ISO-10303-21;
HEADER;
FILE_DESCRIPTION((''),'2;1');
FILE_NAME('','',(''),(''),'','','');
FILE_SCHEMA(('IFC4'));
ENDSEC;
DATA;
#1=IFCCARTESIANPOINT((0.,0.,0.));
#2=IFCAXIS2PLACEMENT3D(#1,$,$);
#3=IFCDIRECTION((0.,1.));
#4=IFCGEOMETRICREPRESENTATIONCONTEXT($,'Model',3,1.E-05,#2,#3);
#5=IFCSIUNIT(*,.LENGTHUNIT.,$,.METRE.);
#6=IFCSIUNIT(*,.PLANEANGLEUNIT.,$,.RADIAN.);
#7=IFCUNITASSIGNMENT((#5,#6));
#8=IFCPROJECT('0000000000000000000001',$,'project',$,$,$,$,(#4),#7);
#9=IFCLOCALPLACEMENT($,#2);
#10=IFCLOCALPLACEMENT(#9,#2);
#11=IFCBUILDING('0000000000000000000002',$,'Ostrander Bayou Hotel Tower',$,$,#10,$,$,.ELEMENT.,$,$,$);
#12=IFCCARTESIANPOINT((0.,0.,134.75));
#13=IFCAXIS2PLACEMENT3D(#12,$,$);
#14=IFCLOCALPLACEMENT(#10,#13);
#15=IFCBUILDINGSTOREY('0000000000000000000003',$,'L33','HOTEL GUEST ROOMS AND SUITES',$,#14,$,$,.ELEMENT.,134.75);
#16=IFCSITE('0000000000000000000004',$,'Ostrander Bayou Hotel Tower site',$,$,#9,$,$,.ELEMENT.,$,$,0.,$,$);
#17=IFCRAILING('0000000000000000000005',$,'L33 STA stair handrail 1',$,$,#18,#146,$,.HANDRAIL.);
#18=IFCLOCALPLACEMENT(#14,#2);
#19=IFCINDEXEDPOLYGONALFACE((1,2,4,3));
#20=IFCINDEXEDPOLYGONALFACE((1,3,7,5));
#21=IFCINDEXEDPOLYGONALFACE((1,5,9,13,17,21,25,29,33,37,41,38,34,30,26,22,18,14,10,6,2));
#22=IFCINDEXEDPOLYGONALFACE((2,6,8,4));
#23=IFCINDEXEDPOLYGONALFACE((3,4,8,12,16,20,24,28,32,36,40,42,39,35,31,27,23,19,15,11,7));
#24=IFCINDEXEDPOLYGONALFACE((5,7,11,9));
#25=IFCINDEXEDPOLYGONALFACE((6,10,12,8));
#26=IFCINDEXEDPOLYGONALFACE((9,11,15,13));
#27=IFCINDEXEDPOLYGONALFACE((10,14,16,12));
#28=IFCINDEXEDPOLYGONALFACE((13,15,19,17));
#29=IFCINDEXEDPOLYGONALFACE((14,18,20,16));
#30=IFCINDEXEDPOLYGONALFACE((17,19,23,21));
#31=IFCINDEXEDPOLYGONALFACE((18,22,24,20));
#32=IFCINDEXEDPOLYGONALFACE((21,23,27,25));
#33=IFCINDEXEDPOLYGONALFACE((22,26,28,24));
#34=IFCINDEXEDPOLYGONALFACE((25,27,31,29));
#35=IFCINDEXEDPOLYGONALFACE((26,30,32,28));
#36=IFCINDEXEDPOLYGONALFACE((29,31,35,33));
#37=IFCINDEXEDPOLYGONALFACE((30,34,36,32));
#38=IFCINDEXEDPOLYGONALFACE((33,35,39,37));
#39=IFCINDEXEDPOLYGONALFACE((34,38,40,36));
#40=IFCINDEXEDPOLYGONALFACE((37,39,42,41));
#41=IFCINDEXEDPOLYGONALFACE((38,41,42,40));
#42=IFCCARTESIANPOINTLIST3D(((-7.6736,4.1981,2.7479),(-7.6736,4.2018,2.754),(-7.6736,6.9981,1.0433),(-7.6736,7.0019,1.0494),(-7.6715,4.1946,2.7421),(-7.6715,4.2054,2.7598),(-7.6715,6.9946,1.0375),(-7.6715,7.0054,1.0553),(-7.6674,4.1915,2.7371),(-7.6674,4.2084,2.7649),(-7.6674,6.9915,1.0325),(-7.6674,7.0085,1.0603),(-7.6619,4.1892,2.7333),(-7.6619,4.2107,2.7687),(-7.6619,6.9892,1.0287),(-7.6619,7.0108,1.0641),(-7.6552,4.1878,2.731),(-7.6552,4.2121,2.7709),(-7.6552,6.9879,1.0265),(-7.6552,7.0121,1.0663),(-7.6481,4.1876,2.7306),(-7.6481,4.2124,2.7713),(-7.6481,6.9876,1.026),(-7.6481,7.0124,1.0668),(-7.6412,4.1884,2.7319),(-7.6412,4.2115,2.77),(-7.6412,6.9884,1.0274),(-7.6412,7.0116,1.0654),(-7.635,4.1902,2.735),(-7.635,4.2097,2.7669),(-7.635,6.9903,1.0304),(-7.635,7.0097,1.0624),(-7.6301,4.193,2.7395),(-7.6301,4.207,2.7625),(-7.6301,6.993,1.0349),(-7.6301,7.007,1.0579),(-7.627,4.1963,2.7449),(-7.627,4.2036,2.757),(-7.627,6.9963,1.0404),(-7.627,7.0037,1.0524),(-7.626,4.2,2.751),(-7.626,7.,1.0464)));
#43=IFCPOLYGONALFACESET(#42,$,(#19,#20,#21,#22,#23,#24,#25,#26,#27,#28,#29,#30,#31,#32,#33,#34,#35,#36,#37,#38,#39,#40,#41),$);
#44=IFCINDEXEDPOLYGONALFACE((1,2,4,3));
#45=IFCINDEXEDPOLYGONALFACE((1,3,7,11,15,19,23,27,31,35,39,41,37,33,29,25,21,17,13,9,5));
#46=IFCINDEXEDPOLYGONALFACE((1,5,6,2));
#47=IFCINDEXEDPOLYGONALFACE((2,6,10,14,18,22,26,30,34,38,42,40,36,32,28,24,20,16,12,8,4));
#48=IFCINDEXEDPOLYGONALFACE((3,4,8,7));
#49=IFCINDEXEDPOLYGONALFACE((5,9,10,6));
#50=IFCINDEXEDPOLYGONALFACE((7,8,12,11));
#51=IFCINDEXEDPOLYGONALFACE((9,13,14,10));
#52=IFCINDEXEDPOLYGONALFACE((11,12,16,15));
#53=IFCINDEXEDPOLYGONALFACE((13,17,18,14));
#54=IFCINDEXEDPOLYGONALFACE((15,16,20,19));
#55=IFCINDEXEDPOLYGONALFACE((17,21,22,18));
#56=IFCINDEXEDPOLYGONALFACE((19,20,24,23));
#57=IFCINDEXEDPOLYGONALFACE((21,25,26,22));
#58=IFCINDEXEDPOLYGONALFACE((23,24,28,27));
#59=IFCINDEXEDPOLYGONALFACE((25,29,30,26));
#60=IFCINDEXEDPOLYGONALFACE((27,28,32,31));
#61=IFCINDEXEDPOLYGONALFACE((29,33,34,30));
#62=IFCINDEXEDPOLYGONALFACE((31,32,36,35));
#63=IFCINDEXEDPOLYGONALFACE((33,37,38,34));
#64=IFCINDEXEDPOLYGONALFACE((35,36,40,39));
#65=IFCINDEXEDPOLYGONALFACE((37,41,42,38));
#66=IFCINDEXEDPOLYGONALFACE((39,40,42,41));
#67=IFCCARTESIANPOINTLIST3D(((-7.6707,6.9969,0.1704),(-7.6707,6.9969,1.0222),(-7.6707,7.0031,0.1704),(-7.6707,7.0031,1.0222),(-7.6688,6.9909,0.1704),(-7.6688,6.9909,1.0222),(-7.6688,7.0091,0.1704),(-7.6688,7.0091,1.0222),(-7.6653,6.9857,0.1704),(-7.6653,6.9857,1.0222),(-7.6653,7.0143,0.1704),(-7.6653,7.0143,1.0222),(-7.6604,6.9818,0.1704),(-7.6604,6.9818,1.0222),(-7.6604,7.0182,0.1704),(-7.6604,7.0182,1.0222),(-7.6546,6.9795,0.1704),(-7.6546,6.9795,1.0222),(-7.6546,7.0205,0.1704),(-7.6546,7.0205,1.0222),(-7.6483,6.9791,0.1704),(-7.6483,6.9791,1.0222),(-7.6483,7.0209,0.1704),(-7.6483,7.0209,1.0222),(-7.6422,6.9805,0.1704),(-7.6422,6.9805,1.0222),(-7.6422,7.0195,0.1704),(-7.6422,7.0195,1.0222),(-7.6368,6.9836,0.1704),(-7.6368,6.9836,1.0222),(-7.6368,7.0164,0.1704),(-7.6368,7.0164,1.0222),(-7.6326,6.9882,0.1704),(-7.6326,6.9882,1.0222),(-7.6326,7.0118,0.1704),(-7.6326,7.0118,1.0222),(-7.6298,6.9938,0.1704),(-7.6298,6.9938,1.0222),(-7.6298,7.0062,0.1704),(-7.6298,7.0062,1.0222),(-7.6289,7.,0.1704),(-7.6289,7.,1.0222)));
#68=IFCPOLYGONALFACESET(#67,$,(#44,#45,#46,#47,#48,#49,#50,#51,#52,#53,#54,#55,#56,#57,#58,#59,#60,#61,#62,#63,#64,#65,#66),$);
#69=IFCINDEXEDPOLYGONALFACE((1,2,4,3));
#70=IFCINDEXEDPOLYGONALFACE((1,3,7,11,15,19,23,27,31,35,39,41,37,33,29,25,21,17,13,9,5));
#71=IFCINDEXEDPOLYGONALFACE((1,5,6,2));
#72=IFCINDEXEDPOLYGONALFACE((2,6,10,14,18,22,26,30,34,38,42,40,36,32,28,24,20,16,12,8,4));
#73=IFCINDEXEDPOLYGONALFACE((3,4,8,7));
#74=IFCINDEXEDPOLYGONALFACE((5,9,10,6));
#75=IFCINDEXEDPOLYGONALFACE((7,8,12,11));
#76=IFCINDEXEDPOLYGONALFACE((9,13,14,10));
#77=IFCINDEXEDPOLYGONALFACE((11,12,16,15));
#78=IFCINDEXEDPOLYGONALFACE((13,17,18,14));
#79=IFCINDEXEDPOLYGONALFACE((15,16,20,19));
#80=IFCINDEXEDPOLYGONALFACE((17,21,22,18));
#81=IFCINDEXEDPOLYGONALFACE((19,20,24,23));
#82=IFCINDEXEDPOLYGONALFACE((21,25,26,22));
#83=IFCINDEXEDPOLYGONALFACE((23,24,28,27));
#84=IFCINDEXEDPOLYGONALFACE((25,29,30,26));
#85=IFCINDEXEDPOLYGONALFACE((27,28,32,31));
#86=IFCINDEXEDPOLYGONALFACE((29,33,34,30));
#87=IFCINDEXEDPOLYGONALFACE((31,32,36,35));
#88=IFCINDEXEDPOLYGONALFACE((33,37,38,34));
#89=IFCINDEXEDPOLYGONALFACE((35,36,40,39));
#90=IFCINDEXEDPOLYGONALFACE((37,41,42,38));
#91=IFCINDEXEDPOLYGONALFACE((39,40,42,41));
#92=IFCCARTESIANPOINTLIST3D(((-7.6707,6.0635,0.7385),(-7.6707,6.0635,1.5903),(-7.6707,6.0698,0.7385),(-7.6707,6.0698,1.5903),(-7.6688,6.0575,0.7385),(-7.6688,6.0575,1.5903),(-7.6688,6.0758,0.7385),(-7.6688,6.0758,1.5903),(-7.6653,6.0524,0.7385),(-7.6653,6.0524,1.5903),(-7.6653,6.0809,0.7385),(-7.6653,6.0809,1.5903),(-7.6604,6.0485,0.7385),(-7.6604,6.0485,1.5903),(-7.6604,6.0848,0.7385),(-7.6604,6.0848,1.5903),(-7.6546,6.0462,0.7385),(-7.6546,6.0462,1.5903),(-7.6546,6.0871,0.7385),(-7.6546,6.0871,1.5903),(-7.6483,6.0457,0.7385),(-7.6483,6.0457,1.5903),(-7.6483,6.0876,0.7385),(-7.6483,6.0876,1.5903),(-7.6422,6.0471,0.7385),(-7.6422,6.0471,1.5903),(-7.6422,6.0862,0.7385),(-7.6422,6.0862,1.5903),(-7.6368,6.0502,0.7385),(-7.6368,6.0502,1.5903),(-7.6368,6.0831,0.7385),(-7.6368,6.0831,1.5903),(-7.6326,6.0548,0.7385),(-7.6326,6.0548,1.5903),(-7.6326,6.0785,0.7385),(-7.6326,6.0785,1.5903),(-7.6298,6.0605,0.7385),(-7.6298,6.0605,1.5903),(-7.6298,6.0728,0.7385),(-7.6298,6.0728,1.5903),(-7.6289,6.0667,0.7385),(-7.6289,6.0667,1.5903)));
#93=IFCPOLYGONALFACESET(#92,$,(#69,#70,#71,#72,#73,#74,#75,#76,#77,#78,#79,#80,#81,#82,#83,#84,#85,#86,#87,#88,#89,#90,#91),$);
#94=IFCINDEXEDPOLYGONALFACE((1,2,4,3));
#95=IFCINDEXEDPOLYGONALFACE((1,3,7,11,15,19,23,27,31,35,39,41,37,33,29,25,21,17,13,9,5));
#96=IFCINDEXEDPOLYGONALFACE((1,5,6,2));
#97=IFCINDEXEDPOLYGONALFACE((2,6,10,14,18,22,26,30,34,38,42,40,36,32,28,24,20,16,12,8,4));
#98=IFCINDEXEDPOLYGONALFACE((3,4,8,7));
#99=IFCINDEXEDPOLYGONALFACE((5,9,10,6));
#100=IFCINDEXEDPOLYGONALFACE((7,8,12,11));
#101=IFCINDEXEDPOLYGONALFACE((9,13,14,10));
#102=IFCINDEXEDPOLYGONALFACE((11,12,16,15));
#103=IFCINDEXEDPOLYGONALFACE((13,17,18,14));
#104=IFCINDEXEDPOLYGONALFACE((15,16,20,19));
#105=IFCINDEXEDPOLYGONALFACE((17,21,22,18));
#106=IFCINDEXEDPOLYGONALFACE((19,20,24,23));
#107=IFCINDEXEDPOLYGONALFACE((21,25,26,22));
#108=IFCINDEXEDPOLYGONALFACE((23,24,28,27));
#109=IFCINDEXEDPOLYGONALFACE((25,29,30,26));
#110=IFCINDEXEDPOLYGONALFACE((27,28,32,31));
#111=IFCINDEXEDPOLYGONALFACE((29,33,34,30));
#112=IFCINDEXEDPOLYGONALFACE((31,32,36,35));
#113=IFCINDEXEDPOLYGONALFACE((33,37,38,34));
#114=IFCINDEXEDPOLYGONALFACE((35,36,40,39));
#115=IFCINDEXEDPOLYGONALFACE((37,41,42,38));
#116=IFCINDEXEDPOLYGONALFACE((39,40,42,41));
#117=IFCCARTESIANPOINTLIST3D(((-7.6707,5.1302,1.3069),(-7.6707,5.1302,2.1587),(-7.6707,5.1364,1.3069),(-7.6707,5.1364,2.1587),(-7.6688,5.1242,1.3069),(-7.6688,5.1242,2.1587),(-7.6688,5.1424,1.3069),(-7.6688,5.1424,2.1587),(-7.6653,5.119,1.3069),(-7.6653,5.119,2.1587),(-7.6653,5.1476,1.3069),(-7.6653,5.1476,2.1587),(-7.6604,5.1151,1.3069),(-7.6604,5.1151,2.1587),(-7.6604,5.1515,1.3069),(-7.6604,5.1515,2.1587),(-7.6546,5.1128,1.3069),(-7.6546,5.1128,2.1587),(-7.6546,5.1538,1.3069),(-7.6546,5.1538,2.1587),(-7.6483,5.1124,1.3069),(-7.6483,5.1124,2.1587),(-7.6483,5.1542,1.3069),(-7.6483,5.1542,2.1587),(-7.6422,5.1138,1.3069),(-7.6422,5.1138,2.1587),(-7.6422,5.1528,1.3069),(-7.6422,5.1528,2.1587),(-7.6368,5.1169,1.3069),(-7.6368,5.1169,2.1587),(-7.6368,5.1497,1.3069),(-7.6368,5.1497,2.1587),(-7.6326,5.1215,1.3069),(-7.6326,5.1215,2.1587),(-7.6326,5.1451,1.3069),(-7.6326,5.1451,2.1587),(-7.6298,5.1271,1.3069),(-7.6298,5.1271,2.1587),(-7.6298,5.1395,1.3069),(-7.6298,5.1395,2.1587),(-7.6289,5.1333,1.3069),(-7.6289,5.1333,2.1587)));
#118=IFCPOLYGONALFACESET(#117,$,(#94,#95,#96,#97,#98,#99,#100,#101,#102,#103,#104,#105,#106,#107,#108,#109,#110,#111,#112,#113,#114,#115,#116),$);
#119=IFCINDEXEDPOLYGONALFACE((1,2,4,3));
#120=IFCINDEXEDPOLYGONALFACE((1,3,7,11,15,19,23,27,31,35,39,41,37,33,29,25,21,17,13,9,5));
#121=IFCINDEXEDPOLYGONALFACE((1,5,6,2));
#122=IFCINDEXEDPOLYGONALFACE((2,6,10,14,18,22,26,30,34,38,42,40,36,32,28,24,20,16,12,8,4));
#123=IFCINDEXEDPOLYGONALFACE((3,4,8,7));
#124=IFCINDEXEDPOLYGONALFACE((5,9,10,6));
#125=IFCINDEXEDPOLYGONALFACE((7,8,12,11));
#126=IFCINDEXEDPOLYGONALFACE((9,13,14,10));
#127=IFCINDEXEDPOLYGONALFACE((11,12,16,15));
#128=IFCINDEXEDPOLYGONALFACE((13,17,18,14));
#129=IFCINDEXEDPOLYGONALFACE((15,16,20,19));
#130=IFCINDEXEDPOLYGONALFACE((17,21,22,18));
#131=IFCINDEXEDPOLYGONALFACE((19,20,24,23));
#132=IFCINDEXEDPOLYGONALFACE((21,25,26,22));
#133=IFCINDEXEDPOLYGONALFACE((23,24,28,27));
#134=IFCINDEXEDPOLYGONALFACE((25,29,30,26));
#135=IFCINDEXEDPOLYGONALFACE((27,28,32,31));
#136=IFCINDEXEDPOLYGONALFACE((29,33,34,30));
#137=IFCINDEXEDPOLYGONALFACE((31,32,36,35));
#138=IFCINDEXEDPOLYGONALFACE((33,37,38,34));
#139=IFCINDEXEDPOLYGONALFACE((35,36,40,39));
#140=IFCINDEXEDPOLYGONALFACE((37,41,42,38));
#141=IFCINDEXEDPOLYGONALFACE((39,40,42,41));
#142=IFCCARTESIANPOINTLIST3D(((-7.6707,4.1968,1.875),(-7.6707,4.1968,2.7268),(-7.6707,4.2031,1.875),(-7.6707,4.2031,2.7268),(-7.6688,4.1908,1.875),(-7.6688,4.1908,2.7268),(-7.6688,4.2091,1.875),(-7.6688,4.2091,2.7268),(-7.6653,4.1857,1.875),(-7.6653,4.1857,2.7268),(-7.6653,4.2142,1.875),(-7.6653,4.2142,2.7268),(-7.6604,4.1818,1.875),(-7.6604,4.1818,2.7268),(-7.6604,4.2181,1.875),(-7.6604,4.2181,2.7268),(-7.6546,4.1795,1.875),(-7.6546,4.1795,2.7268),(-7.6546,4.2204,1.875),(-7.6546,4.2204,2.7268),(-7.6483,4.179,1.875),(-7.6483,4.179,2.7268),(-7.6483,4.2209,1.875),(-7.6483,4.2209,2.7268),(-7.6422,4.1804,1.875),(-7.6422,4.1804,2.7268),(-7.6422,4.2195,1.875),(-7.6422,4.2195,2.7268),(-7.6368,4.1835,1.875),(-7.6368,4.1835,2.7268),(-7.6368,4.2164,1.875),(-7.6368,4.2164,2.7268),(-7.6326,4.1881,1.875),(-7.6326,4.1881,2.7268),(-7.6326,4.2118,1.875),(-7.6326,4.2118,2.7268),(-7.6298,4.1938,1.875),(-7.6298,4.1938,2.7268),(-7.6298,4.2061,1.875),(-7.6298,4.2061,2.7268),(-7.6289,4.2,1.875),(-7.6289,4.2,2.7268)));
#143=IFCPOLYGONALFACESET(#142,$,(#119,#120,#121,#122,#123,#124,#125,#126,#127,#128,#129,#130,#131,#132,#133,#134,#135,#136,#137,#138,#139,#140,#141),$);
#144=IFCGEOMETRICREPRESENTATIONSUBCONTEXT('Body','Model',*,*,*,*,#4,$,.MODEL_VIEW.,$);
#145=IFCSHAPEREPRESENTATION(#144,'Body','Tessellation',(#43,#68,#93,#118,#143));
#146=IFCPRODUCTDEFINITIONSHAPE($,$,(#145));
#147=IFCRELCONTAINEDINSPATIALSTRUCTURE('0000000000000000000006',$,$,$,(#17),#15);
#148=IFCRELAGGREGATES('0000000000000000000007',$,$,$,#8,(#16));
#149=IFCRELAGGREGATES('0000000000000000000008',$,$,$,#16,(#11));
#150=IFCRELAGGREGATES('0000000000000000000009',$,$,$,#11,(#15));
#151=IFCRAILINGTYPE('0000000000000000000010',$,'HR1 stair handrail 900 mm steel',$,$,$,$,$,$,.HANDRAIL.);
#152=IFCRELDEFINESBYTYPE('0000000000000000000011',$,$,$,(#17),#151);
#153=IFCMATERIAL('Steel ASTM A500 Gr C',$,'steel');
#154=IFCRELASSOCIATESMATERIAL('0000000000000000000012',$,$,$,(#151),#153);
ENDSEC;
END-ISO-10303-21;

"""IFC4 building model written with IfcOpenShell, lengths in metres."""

from ifc_helpers import new_model, si_unit, direction, frame, origin, origin_2d, place, context, subcontext, project, spatial, circle, extrude, material, type_object, element, save


model = new_model("IFC4")

# Units and contexts
model_context = context("Model", 3, precision=1e-05, world=origin(), true_north=direction((0.0, 1.0)))
body_context = subcontext(model_context, "Body", "Model", "MODEL_VIEW")
ifc_project = project(units=[si_unit("LENGTHUNIT", "METRE"), si_unit("PLANEANGLEUNIT", "RADIAN")], contexts=[model_context])

# Site, building, storey
site_placement = place(None, origin())
site = spatial("IfcSite", under=ifc_project, at=site_placement, Name="Ostrander Bayou Hotel Tower site", CompositionType="ELEMENT", RefElevation=0.0)
building_placement = place(site_placement, origin())
building = spatial("IfcBuilding", under=site, at=building_placement, Name="Ostrander Bayou Hotel Tower", CompositionType="ELEMENT")
storey_placement = place(building_placement, frame((0.0, 0.0, 134.75)))
storey = spatial("IfcBuildingStorey", under=building, at=storey_placement, Name="L33", Description="HOTEL GUEST ROOMS AND SUITES", CompositionType="ELEMENT", Elevation=134.75)

# Railing
ifc_material_1 = material(Name="Steel ASTM A500 Gr C", Category="steel")
railing_type_1 = type_object("IfcRailingType", Name="HR1 stair handrail 900 mm steel", PredefinedType="HANDRAIL", material=ifc_material_1)
railing_1_placement = place(storey_placement, frame((-7.6499, 7.0, 0.1704)))
element("IfcRailing", 1, at=railing_1_placement, inside=storey, type_object=railing_type_1, Name="L33 STA stair handrail 1", PredefinedType="HANDRAIL", context=body_context, shape_type="SweptSolid", body=[
    extrude(circle(Radius=0.0239, at=origin_2d()), frame((0.0, 0.0, 0.876), z_axis=(0.0, -0.85417, 0.519994), x_axis=(1.0, 0.0, 0.0)), (0.0, 0.0, 1.0), 3.2781),
    extrude(circle(Radius=0.021, at=origin_2d()), origin(), (0.0, 0.0, 1.0), 0.8518),
    extrude(circle(Radius=0.021, at=origin_2d()), frame((0.0, -0.9333, 0.5681)), (0.0, 0.0, 1.0), 0.8518),
    extrude(circle(Radius=0.021, at=origin_2d()), frame((0.0, -1.8667, 1.1365)), (0.0, 0.0, 1.0), 0.8518),
    extrude(circle(Radius=0.021, at=origin_2d()), frame((0.0, -2.8, 1.7046)), (0.0, 0.0, 1.0), 0.8518),
])

save(model, "model.ifc")
